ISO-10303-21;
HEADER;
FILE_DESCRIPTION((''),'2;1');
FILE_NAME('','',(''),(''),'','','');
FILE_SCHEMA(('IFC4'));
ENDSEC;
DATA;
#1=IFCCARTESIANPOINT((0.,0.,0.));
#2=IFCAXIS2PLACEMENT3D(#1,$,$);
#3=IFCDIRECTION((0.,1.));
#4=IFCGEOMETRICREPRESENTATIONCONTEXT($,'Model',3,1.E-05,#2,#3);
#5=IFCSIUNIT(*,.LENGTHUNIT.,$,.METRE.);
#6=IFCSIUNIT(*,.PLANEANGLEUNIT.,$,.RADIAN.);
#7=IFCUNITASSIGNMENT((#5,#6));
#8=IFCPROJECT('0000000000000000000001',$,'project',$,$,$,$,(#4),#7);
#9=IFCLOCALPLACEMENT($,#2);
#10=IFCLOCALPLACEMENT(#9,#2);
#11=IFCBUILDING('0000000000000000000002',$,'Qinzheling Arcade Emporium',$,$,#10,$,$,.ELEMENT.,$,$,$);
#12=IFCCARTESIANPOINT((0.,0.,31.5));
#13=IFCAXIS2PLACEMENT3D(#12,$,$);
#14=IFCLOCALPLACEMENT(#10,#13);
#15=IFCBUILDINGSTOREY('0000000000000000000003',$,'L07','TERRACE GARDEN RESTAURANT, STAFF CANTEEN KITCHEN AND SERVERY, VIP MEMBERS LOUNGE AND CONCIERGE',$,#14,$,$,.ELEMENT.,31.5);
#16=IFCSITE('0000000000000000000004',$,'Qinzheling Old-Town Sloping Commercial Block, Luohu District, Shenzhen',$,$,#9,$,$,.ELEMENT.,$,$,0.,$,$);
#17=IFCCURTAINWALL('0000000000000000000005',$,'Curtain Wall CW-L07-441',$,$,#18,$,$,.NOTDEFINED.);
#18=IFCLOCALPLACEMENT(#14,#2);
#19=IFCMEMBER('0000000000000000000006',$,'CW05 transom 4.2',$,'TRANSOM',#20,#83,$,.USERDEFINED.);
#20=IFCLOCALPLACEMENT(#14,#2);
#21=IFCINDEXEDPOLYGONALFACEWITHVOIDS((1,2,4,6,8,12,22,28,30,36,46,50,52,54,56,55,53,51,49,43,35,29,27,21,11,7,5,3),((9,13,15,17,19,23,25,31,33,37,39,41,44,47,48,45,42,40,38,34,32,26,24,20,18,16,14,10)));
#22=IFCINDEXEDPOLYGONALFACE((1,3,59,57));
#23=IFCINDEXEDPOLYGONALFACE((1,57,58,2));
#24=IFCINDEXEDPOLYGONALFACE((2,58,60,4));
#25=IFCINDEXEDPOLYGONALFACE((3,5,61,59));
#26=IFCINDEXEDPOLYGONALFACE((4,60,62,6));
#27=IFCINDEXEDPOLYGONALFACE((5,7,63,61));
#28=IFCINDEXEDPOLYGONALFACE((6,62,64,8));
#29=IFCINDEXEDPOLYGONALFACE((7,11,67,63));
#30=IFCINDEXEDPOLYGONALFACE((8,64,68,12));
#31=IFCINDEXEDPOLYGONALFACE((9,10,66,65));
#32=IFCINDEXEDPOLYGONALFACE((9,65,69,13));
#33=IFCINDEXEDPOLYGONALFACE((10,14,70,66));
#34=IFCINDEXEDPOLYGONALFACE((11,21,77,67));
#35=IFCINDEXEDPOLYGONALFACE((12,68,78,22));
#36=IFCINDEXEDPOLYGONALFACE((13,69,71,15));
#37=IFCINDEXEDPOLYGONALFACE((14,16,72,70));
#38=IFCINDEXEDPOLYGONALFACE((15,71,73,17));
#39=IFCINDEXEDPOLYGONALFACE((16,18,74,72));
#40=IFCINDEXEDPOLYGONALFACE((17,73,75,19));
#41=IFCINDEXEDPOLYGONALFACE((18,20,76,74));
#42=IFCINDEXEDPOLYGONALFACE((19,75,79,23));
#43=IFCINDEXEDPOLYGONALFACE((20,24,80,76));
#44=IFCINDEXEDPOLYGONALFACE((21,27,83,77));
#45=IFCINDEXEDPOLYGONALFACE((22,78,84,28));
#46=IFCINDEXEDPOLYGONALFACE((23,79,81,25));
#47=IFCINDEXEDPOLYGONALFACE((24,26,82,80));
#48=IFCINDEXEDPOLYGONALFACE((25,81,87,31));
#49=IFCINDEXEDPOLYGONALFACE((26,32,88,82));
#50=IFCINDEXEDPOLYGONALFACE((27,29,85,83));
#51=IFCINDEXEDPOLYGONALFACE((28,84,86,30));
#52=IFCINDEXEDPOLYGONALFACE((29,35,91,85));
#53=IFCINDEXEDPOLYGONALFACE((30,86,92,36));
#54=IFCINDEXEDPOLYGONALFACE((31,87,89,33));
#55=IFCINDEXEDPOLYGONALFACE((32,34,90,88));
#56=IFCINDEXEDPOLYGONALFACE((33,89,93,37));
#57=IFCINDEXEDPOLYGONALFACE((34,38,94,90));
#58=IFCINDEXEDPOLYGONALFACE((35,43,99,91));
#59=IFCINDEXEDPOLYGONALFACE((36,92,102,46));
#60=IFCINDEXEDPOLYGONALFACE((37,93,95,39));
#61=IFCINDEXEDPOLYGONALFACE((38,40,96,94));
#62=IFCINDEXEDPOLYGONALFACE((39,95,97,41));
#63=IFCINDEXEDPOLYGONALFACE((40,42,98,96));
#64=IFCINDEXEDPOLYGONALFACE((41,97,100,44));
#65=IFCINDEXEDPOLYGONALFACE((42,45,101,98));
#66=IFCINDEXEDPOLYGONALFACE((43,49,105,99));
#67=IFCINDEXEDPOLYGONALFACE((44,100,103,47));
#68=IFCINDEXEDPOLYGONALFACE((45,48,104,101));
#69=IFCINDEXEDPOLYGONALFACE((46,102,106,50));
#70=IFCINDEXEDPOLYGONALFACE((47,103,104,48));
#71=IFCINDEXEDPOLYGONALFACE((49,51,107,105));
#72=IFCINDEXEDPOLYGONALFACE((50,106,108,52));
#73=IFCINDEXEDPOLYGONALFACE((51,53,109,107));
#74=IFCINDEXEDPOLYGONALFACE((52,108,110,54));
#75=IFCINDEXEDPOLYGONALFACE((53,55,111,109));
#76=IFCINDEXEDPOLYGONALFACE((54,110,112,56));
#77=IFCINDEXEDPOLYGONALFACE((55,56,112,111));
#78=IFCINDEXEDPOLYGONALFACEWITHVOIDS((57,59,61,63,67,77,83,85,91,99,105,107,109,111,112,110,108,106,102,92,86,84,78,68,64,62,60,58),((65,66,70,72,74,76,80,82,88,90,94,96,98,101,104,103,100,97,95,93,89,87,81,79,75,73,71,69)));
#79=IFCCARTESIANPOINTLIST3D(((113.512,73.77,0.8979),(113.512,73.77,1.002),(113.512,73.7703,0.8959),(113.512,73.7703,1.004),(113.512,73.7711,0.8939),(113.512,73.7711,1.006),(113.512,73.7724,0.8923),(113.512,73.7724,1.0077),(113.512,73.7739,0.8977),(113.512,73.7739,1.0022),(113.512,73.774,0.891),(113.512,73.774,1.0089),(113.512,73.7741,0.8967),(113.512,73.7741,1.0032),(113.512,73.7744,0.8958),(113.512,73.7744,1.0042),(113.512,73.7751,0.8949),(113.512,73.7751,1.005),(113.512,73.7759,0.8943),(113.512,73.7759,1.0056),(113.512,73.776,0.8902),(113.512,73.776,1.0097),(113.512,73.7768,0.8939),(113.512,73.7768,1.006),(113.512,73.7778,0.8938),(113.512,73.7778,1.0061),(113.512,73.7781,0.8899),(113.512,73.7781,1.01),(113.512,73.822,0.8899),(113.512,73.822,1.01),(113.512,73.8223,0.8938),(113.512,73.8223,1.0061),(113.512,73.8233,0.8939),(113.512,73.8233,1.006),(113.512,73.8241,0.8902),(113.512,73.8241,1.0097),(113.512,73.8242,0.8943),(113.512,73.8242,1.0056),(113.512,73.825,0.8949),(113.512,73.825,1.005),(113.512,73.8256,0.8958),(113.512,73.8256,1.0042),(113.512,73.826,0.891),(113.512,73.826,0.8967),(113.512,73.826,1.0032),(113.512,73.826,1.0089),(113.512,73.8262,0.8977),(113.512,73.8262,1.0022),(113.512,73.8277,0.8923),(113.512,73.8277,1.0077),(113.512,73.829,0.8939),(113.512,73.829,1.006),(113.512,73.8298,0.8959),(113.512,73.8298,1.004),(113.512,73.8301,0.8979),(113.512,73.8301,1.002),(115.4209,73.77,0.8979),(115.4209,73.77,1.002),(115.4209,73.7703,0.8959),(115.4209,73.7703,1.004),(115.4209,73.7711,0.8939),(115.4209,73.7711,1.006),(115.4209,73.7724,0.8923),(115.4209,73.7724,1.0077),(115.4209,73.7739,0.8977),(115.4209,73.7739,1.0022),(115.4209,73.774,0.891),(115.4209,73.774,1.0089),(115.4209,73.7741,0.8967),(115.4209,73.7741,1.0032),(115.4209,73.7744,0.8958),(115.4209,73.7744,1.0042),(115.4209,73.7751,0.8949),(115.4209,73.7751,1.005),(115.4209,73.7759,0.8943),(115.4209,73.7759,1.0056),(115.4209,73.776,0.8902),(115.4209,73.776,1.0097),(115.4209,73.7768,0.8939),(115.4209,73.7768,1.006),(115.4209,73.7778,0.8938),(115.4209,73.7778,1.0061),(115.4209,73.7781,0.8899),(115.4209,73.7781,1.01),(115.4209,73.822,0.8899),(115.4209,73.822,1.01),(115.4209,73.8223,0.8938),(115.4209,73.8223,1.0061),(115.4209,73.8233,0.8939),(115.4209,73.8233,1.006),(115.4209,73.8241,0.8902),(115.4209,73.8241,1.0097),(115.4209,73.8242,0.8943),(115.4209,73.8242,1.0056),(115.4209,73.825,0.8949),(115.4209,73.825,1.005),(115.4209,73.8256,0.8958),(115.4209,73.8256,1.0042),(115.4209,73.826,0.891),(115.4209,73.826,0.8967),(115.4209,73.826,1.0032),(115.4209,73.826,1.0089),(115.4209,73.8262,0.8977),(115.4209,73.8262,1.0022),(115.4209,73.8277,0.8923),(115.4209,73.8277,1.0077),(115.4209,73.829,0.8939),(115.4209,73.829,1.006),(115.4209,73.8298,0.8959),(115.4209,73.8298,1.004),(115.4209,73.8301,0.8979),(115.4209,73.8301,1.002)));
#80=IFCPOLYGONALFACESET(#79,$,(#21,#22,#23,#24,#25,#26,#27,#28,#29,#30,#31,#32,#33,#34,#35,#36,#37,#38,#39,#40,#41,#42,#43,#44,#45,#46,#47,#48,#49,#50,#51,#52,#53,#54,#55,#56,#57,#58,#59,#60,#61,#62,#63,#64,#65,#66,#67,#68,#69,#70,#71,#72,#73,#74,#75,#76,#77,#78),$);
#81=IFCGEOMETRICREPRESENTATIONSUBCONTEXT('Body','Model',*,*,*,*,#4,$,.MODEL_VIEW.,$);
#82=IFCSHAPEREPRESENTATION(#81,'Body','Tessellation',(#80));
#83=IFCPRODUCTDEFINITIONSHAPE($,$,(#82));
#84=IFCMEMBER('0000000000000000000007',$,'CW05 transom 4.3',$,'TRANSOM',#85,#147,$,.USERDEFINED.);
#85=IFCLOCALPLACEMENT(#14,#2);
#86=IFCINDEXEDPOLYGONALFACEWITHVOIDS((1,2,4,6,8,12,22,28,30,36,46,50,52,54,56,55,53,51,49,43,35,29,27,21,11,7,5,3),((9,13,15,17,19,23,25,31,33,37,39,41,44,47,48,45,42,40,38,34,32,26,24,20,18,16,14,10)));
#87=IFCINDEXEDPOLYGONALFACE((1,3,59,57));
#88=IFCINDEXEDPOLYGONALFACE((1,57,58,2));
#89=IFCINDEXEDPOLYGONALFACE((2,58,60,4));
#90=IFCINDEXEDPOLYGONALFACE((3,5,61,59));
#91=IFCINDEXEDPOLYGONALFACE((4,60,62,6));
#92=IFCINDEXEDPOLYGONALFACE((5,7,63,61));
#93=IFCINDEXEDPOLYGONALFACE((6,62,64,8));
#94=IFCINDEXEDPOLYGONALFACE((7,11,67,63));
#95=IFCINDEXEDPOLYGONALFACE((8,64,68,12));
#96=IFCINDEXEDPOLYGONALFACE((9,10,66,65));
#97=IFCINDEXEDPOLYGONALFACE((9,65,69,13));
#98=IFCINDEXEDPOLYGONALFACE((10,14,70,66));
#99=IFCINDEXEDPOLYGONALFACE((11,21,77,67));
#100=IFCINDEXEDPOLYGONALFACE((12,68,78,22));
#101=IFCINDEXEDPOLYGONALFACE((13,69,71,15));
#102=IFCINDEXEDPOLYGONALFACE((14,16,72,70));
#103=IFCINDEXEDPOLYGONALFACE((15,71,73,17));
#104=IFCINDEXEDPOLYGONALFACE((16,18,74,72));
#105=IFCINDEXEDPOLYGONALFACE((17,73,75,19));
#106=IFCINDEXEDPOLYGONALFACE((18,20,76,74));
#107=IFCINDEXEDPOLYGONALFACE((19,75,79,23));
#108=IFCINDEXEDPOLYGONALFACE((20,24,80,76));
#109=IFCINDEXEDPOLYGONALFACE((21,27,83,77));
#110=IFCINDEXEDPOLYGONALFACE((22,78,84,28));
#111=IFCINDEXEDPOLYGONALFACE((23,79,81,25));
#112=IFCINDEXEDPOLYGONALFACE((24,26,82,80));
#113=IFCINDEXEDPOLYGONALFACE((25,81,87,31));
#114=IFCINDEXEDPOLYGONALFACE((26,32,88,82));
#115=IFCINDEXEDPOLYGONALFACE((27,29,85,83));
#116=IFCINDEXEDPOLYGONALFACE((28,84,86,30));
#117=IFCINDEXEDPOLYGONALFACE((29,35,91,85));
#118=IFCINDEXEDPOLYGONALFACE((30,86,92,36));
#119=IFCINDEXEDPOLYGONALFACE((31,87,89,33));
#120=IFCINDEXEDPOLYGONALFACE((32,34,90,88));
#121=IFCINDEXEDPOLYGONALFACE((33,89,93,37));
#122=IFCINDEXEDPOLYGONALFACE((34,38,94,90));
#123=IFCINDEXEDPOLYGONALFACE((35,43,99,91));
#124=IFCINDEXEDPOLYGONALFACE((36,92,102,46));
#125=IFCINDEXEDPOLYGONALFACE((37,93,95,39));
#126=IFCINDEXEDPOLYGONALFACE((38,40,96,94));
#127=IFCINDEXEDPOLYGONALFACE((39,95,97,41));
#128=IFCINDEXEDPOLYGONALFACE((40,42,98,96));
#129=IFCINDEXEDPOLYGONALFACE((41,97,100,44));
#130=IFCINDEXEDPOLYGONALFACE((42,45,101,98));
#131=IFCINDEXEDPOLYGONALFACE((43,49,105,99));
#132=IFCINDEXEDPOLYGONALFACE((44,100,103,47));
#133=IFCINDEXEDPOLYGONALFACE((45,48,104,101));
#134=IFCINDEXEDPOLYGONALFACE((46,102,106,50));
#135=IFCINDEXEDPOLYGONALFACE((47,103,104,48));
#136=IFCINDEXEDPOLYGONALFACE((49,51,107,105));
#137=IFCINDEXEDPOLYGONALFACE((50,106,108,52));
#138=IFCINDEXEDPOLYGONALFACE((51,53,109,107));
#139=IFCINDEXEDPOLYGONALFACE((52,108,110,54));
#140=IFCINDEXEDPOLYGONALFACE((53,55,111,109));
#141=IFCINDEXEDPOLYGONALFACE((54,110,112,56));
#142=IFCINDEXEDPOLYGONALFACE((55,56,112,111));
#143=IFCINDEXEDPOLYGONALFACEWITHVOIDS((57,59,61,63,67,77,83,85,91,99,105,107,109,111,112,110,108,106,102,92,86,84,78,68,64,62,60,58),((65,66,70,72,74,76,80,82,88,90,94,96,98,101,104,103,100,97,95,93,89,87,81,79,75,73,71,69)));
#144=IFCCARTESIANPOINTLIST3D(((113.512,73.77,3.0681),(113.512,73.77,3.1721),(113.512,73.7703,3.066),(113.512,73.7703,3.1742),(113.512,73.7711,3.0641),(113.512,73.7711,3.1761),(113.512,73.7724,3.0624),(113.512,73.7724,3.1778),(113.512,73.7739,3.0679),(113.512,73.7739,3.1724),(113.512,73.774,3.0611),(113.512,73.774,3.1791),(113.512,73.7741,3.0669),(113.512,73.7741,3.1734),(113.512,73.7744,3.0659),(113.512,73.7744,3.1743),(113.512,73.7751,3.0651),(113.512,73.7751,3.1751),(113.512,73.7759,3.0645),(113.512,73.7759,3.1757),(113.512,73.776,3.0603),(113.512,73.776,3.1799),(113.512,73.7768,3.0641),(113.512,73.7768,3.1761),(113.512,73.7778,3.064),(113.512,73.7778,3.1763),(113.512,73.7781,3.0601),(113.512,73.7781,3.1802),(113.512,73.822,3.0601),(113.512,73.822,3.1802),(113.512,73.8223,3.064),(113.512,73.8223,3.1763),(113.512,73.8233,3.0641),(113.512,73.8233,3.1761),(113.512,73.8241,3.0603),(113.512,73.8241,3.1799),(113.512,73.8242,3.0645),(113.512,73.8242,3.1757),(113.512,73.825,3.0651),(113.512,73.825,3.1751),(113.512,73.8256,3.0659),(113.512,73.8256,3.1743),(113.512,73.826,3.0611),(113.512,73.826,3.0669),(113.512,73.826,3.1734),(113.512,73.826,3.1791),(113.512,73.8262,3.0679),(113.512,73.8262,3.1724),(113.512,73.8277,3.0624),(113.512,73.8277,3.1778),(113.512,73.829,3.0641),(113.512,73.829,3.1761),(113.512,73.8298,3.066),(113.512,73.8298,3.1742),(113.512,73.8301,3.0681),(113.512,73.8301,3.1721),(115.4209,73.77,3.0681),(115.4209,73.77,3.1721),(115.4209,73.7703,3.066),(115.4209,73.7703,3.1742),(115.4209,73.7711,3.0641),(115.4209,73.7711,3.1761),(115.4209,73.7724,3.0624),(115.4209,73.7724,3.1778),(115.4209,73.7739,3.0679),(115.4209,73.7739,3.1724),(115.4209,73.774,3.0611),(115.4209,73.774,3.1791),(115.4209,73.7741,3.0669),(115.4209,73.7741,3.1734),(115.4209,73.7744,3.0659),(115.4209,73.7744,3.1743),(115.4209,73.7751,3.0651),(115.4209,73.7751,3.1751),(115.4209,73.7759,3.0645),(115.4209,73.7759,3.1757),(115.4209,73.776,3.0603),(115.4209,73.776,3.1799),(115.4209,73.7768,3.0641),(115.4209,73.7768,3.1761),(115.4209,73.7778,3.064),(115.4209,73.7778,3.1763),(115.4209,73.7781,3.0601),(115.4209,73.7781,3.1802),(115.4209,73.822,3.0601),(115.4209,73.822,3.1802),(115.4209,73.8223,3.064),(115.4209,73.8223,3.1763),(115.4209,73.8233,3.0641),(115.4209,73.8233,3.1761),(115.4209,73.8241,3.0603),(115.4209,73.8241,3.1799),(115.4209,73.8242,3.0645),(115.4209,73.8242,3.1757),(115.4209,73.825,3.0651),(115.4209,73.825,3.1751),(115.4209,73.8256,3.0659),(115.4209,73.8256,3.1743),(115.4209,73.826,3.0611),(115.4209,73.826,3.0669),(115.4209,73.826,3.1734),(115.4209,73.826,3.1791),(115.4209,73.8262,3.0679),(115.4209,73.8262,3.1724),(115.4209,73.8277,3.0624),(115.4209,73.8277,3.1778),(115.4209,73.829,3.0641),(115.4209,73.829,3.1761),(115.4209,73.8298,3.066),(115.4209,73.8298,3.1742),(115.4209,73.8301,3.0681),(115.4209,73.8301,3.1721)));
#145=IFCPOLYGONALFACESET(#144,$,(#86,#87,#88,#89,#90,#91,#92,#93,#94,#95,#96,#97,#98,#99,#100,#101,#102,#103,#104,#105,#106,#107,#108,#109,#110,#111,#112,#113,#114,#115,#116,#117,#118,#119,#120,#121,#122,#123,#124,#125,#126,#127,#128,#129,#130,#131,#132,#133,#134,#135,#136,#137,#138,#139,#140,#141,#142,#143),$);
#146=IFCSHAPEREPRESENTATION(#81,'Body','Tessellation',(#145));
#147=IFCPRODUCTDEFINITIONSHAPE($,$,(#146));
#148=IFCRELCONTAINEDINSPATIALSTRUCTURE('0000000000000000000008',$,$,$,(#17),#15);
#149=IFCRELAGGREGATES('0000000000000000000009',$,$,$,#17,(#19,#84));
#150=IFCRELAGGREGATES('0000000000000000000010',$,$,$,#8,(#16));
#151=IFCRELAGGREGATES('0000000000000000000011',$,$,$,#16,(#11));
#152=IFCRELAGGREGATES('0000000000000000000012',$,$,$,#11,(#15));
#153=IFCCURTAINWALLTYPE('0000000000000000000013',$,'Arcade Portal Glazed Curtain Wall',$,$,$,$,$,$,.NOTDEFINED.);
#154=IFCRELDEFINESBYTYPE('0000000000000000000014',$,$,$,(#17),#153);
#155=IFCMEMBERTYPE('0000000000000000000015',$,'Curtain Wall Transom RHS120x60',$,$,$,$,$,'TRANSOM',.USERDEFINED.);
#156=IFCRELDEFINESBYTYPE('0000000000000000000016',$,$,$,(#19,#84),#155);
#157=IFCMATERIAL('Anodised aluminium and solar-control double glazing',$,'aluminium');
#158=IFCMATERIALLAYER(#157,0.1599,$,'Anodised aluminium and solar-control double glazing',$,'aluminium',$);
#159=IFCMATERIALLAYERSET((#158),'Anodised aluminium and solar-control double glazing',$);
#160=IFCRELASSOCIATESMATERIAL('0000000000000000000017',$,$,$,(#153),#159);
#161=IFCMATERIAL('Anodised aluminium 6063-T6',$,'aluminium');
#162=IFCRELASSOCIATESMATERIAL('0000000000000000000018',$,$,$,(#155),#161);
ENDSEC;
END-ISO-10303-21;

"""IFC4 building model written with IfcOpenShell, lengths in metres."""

from ifc_helpers import new_model, si_unit, direction, frame, origin, origin_2d, place, context, subcontext, project, spatial, hollow_rectangle, extrude, material, layer, layer_set, material_profile, profile_set, type_object, element, aggregate, save


model = new_model("IFC4")

# Units and contexts
model_context = context("Model", 3, precision=1e-05, world=origin(), true_north=direction((0.0, 1.0)))
body_context = subcontext(model_context, "Body", "Model", "MODEL_VIEW")
ifc_project = project(units=[si_unit("LENGTHUNIT", "METRE"), si_unit("PLANEANGLEUNIT", "RADIAN")], contexts=[model_context])

# Site, building, storey
site_placement = place(None, origin())
site = spatial("IfcSite", under=ifc_project, at=site_placement, Name="Qinzheling Old-Town Sloping Commercial Block, Luohu District, Shenzhen", CompositionType="ELEMENT", RefElevation=0.0)
building_placement = place(site_placement, origin())
building = spatial("IfcBuilding", under=site, at=building_placement, Name="Qinzheling Arcade Emporium", CompositionType="ELEMENT")
storey_placement = place(building_placement, frame((0.0, 0.0, 31.5)))
storey = spatial("IfcBuildingStorey", under=building, at=storey_placement, Name="L07", Description="TERRACE GARDEN RESTAURANT, STAFF CANTEEN KITCHEN AND SERVERY, VIP MEMBERS LOUNGE AND CONCIERGE", CompositionType="ELEMENT", Elevation=31.5)

# Curtain wall, members
ifc_material_1 = material(Name="Anodised aluminium and solar-control double glazing", Category="aluminium")
ifc_layer_1 = layer(ifc_material_1, 0.1599, Name="Anodised aluminium and solar-control double glazing", Category="aluminium")
ifc_layer_set_1 = layer_set([ifc_layer_1], Name="Anodised aluminium and solar-control double glazing")
curtain_wall_type = type_object("IfcCurtainWallType", Name="Arcade Portal Glazed Curtain Wall", PredefinedType="NOTDEFINED", material=ifc_layer_set_1)
curtain_wall_placement = place(storey_placement, origin())
curtain_wall = element("IfcCurtainWall", 1, at=curtain_wall_placement, inside=storey, type_object=curtain_wall_type, Name="Curtain Wall CW-L07-441", PredefinedType="NOTDEFINED")
ifc_material_2 = material(Name="Anodised aluminium 6063-T6", Category="aluminium")
ifc_material_profile_1 = material_profile(ifc_material_2, hollow_rectangle(XDim=0.0601, YDim=0.1201, WallThickness=0.0039, InnerFilletRadius=0.0039, OuterFilletRadius=0.0081, at=origin_2d()), Name="RHS 120x60x4", Category="aluminium")
ifc_profile_set_1 = profile_set([ifc_material_profile_1], Name="Anodised aluminium 6063-T6")
member_type_1 = type_object("IfcMemberType", Name="Curtain Wall Transom RHS120x60", ElementType="TRANSOM", PredefinedType="USERDEFINED", material=ifc_profile_set_1)
member_1_placement = place(storey_placement, frame((115.4209, 73.8, 0.95), z_axis=(-1.0, 0.0, 0.0), x_axis=(0.0, -1.0, 0.0)))
member_1 = element("IfcMember", 2, at=member_1_placement, type_object=member_type_1, Name="CW05 transom 4.2", ObjectType="TRANSOM", PredefinedType="USERDEFINED", context=body_context, shape_type="SweptSolid", body=[
    extrude(hollow_rectangle(XDim=0.0601, YDim=0.1201, WallThickness=0.0039, InnerFilletRadius=0.0039, OuterFilletRadius=0.0081, at=origin_2d()), origin(), (0.0, 0.0, 1.0), 1.9089),
])
member_2_placement = place(storey_placement, frame((115.4209, 73.8, 3.1201), z_axis=(-1.0, 0.0, 0.0), x_axis=(0.0, -1.0, 0.0)))
member_2 = element("IfcMember", 3, at=member_2_placement, type_object=member_type_1, Name="CW05 transom 4.3", ObjectType="TRANSOM", PredefinedType="USERDEFINED", context=body_context, shape_type="SweptSolid", body=[
    extrude(hollow_rectangle(XDim=0.0601, YDim=0.1201, WallThickness=0.0039, InnerFilletRadius=0.0039, OuterFilletRadius=0.0081, at=origin_2d()), origin(), (0.0, 0.0, 1.0), 1.9089),
])
aggregate(curtain_wall, [member_1, member_2])

save(model, "model.ifc")
